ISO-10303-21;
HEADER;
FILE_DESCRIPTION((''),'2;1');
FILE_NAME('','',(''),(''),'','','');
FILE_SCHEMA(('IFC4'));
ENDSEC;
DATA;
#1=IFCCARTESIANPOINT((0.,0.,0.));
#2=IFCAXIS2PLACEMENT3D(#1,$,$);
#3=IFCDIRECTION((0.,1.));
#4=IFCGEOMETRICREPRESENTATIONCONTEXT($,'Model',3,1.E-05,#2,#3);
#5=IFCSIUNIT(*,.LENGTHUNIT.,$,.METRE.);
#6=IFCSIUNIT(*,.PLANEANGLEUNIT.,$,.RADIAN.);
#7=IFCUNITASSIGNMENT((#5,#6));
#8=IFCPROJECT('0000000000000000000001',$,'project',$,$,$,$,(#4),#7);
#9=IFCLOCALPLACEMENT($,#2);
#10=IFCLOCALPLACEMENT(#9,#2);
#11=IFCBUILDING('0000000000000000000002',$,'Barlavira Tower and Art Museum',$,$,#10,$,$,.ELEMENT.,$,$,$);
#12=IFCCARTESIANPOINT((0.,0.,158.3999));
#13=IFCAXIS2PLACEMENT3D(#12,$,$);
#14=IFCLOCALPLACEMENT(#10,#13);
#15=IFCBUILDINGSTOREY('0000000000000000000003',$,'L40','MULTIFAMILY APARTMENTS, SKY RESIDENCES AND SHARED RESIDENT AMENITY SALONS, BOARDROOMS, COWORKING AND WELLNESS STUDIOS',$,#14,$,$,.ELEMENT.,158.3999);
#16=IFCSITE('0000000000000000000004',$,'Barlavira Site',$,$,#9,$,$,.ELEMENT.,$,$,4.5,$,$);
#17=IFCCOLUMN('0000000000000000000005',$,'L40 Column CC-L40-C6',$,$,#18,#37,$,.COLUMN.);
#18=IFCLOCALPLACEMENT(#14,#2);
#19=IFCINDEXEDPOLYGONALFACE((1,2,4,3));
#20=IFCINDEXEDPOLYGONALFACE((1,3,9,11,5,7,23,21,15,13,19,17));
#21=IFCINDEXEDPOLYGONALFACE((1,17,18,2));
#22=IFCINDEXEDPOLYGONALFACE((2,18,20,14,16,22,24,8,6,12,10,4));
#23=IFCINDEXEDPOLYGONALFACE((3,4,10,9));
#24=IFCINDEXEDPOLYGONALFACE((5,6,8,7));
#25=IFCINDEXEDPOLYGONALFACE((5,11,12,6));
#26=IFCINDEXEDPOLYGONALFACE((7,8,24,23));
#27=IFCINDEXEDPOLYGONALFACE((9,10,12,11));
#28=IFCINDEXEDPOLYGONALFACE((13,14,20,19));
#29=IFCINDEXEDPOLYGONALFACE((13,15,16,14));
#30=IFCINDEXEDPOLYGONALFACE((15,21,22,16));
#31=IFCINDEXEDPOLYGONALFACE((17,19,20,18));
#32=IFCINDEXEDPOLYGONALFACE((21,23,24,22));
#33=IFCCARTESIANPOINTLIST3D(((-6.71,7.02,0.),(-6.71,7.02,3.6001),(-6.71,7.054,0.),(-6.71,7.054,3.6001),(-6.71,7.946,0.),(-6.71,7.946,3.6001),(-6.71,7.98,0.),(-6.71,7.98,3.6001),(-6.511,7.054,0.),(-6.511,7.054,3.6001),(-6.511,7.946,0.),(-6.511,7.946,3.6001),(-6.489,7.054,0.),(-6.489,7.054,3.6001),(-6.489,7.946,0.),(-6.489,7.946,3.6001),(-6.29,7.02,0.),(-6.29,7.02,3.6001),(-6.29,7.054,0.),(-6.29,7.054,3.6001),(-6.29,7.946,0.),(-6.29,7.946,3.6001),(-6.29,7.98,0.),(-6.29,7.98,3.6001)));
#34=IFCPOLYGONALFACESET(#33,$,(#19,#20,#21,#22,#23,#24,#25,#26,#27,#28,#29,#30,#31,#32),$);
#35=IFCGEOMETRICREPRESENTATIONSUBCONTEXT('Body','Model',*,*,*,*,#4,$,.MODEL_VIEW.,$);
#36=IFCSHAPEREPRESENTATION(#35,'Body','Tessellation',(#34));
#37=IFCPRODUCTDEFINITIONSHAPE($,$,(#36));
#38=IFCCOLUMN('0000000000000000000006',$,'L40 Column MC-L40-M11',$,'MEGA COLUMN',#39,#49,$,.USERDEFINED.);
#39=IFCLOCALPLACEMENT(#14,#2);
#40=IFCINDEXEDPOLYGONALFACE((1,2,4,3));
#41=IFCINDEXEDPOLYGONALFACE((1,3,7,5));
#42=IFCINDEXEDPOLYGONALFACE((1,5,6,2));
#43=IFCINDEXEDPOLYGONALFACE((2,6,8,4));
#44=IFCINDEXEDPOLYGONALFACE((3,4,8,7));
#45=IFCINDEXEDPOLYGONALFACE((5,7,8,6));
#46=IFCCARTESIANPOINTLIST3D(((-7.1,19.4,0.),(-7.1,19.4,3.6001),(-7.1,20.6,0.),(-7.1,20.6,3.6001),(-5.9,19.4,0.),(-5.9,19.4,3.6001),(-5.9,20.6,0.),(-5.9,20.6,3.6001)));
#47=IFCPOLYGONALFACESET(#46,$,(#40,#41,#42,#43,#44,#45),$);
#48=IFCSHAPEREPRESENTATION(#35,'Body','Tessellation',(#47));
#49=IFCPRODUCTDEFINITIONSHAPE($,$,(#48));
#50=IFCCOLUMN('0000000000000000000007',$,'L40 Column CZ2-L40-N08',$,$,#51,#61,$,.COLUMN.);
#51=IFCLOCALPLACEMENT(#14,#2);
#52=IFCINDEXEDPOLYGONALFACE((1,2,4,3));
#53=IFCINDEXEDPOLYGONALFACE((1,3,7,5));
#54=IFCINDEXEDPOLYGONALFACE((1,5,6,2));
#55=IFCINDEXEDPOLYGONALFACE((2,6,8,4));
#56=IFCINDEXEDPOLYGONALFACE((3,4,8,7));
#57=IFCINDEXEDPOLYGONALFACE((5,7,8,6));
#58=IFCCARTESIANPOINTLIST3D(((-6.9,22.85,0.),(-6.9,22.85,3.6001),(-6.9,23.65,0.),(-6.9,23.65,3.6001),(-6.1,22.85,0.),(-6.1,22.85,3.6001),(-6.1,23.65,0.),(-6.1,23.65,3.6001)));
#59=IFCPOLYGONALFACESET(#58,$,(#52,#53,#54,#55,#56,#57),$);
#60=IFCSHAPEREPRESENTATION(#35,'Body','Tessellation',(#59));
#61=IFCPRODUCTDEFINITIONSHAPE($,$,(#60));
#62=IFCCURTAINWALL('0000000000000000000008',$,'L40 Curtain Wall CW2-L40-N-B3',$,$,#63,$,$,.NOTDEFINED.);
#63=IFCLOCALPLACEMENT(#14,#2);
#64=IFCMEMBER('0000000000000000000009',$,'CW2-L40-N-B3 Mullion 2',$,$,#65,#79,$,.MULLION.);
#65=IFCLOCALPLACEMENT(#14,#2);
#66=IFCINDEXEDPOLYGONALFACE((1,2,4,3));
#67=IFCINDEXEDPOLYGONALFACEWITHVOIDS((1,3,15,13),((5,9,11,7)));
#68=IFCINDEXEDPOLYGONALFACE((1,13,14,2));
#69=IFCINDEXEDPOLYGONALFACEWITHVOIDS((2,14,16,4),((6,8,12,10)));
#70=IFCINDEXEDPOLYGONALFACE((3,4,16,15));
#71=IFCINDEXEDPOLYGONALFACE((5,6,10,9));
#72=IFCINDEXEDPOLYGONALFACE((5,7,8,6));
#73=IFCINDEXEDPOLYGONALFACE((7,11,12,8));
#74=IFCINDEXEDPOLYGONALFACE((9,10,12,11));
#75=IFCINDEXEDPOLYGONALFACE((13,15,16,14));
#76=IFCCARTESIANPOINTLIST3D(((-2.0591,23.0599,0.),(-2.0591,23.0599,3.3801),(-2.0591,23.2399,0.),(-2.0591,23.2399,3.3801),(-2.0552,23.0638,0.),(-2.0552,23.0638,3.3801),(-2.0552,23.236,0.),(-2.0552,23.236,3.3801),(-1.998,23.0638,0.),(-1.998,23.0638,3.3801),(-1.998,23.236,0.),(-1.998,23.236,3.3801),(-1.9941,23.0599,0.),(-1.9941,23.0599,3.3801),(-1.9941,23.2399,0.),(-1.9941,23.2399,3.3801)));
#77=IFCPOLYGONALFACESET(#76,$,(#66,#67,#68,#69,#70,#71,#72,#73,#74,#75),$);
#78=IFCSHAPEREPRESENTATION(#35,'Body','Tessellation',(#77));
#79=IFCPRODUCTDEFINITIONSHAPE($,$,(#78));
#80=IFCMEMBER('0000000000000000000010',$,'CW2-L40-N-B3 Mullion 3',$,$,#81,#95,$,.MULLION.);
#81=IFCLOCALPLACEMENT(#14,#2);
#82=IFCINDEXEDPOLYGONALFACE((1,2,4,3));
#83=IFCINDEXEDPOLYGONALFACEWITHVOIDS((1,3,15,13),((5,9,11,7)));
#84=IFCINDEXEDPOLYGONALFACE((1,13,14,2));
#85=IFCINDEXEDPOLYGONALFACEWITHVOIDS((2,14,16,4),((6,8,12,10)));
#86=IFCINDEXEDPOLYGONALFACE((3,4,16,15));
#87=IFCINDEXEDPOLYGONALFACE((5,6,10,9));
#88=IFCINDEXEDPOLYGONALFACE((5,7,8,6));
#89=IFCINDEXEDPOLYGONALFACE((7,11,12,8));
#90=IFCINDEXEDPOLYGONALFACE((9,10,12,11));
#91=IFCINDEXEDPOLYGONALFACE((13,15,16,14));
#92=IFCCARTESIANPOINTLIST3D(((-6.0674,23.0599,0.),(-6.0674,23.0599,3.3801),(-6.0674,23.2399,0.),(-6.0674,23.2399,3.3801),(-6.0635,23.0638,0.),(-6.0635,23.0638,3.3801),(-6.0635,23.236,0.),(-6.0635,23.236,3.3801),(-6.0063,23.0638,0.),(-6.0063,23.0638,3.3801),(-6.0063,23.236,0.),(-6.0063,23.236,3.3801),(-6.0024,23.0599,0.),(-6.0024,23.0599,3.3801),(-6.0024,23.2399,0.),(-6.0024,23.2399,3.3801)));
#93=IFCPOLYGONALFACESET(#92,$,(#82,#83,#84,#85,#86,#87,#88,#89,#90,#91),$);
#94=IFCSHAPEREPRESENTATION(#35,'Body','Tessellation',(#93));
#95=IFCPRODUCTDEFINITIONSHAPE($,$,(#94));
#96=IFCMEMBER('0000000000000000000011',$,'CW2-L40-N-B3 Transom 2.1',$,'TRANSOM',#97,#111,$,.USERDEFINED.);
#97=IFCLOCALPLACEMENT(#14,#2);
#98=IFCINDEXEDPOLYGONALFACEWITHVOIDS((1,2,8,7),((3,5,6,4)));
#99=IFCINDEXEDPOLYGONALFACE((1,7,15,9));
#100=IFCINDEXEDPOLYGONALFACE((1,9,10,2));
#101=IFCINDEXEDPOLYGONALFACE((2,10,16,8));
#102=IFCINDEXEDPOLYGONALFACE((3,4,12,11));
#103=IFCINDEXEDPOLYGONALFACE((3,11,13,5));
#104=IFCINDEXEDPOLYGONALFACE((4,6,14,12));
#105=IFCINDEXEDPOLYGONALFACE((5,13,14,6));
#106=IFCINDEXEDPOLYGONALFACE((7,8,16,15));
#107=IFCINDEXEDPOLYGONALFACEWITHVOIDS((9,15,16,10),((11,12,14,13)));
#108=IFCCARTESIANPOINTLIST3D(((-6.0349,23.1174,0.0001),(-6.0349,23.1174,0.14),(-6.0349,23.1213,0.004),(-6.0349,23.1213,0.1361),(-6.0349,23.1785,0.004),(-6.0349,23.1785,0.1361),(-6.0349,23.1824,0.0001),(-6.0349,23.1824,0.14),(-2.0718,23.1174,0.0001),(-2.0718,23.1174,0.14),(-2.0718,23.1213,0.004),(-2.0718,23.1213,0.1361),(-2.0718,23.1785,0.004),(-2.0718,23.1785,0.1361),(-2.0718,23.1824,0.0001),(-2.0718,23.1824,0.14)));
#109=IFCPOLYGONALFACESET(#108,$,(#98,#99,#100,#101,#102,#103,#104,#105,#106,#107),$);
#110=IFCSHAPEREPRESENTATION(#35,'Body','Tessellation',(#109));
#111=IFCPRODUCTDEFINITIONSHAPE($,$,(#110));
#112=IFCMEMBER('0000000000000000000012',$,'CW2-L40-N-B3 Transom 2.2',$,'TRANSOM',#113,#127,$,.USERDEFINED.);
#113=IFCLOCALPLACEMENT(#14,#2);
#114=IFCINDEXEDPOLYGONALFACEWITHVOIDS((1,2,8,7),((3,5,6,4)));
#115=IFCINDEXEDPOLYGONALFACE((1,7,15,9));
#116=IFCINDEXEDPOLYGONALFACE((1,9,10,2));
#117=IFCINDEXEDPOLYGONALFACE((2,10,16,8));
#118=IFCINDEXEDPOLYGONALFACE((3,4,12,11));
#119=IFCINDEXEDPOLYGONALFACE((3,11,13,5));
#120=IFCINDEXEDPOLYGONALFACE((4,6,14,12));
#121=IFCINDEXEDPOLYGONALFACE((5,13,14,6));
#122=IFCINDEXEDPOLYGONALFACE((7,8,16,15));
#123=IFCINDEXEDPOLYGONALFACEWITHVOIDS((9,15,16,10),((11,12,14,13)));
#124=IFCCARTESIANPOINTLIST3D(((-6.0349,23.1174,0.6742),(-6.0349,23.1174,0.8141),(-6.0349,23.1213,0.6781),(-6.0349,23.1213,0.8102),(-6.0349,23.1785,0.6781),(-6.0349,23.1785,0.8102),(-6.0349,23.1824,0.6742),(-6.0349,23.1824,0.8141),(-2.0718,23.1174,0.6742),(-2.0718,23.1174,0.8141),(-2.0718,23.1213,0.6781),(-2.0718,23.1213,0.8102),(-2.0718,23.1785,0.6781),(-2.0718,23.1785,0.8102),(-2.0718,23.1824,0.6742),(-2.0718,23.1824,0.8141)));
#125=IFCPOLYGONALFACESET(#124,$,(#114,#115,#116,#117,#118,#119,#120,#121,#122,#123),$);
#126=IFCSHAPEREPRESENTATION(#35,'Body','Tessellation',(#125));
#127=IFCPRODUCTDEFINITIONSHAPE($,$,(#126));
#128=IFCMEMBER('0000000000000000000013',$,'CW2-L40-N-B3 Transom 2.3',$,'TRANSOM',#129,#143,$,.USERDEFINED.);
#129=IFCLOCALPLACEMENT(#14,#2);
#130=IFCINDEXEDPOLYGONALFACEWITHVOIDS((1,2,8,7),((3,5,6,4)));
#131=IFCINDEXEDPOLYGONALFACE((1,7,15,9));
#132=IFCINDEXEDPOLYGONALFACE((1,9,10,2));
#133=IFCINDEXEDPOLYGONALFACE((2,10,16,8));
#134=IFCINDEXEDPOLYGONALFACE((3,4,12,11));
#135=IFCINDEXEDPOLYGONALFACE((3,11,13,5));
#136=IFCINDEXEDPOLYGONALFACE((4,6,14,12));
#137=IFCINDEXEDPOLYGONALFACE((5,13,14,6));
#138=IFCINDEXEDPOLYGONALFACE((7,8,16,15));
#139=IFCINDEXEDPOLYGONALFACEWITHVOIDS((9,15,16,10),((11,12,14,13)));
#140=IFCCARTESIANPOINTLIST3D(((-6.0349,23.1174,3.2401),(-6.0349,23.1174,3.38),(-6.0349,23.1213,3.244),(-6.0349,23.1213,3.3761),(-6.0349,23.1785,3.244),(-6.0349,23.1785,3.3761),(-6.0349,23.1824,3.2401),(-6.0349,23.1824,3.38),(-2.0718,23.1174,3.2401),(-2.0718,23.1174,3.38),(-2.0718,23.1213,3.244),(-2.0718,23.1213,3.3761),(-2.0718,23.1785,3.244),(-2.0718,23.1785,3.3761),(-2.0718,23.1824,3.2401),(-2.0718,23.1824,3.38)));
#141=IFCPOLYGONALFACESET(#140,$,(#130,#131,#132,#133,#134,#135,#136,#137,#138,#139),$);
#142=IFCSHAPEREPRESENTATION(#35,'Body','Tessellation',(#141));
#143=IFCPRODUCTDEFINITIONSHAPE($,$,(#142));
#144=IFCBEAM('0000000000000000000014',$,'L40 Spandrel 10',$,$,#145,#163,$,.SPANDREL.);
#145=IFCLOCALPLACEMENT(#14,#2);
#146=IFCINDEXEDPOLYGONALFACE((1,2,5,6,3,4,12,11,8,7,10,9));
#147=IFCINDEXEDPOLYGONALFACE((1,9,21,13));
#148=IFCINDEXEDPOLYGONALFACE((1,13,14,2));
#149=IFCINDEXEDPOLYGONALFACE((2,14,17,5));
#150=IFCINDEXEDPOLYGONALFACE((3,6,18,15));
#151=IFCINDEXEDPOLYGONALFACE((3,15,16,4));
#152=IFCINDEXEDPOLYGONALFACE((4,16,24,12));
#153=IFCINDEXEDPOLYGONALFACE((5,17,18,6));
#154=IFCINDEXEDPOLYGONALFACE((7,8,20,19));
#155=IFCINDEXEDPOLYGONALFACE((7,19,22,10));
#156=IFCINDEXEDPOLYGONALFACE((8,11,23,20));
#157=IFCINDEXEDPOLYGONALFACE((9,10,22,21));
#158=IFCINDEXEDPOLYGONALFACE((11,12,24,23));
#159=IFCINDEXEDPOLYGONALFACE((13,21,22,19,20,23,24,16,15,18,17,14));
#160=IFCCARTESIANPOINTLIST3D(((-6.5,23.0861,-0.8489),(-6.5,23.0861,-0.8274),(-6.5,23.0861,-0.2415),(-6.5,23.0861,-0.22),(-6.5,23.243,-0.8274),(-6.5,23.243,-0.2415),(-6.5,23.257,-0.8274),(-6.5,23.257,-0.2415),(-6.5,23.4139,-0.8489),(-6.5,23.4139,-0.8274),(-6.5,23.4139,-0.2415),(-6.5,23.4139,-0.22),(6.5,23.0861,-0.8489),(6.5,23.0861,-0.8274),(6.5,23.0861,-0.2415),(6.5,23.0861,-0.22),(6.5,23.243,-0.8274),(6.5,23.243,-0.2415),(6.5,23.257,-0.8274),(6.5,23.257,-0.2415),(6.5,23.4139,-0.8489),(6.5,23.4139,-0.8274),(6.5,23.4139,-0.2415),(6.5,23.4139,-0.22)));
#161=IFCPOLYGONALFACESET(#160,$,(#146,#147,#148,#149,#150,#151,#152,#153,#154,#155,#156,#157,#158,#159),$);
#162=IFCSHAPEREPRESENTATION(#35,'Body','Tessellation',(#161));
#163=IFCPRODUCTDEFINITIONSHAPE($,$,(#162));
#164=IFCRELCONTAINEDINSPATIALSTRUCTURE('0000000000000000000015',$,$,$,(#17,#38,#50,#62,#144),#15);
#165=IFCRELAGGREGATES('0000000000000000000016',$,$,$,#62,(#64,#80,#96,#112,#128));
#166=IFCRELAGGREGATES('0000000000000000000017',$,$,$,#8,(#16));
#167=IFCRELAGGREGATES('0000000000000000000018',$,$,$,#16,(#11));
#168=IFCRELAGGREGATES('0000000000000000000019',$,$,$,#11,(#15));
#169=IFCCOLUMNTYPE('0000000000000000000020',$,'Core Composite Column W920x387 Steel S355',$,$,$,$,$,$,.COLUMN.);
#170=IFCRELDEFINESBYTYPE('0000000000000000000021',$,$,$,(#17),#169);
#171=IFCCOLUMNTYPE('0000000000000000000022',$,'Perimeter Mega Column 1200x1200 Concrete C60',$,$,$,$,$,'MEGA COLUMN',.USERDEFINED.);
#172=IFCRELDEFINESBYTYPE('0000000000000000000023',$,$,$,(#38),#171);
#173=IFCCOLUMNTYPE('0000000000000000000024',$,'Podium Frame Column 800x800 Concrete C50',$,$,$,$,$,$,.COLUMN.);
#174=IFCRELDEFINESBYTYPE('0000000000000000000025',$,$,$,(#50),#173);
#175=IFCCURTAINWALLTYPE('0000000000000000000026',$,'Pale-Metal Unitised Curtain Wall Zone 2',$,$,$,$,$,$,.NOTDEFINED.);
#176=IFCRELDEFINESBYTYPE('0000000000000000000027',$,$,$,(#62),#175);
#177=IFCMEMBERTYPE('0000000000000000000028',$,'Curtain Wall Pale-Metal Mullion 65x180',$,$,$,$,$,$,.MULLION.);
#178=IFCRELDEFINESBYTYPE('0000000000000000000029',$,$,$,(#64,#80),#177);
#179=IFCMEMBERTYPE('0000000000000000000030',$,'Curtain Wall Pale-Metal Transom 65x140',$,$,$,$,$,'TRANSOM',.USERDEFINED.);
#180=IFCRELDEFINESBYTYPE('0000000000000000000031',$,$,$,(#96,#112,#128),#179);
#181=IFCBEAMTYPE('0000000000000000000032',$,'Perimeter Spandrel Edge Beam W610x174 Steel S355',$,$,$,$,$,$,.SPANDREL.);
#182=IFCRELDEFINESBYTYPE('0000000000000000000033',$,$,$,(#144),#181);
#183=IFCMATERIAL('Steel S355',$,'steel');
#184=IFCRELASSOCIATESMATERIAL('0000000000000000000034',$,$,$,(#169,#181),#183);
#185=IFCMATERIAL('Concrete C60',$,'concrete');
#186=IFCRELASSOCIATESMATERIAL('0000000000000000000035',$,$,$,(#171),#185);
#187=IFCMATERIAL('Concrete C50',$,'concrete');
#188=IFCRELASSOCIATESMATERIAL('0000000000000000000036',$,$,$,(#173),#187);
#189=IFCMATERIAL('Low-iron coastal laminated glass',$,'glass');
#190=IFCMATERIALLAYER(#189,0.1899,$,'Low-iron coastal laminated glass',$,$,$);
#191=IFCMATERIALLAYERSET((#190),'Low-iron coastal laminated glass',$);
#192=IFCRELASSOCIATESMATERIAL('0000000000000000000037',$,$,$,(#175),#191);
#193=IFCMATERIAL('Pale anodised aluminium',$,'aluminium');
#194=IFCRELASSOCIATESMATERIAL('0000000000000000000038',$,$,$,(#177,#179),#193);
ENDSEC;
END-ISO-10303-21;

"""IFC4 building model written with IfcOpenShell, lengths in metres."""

from ifc_helpers import new_model, si_unit, direction, frame, origin, origin_2d, place, context, subcontext, project, spatial, rectangle, hollow_rectangle, i_section, extrude, material, layer, layer_set, material_profile, profile_set, type_object, element, aggregate, save


model = new_model("IFC4")

# Units and contexts
model_context = context("Model", 3, precision=1e-05, world=origin(), true_north=direction((0.0, 1.0)))
body_context = subcontext(model_context, "Body", "Model", "MODEL_VIEW")
ifc_project = project(units=[si_unit("LENGTHUNIT", "METRE"), si_unit("PLANEANGLEUNIT", "RADIAN")], contexts=[model_context])

# Site, building, storey
site_placement = place(None, origin())
site = spatial("IfcSite", under=ifc_project, at=site_placement, Name="Barlavira Site", CompositionType="ELEMENT", RefElevation=4.5)
building_placement = place(site_placement, origin())
building = spatial("IfcBuilding", under=site, at=building_placement, Name="Barlavira Tower and Art Museum", CompositionType="ELEMENT")
storey_placement = place(building_placement, frame((0.0, 0.0, 158.3999)))
storey = spatial("IfcBuildingStorey", under=building, at=storey_placement, Name="L40", Description="MULTIFAMILY APARTMENTS, SKY RESIDENCES AND SHARED RESIDENT AMENITY SALONS, BOARDROOMS, COWORKING AND WELLNESS STUDIOS", CompositionType="ELEMENT", Elevation=158.3999)

# Columns
ifc_material_1 = material(Name="Steel S355", Category="steel")
ifc_material_profile_1 = material_profile(ifc_material_1, i_section(OverallWidth=0.4199, OverallDepth=0.96, WebThickness=0.022, FlangeThickness=0.0339, at=origin_2d()), Name="W920x387.0")
ifc_profile_set_1 = profile_set([ifc_material_profile_1], Name="Steel S355")
column_type_1 = type_object("IfcColumnType", Name="Core Composite Column W920x387 Steel S355", PredefinedType="COLUMN", material=ifc_profile_set_1)
column_1_placement = place(storey_placement, frame((-6.5, 7.5, 0.0), z_axis=(0.0, 0.0, 1.0), x_axis=(1.0, 0.0, 0.0)))
element("IfcColumn", 1, at=column_1_placement, inside=storey, type_object=column_type_1, Name="L40 Column CC-L40-C6", PredefinedType="COLUMN", context=body_context, shape_type="SweptSolid", body=[
    extrude(i_section(OverallWidth=0.4199, OverallDepth=0.96, WebThickness=0.022, FlangeThickness=0.0339, at=origin_2d()), origin(), (0.0, 0.0, 1.0), 3.6001),
])
ifc_material_2 = material(Name="Concrete C60", Category="concrete")
ifc_material_profile_2 = material_profile(ifc_material_2, rectangle(XDim=1.2, YDim=1.2, at=origin_2d()), Name="RC-COL 1200x1200")
ifc_profile_set_2 = profile_set([ifc_material_profile_2], Name="Concrete C60")
column_type_2 = type_object("IfcColumnType", Name="Perimeter Mega Column 1200x1200 Concrete C60", ElementType="MEGA COLUMN", PredefinedType="USERDEFINED", material=ifc_profile_set_2)
column_2_placement = place(storey_placement, frame((-6.5, 20.0, 0.0), z_axis=(0.0, 0.0, 1.0), x_axis=(1.0, 0.0, 0.0)))
element("IfcColumn", 2, at=column_2_placement, inside=storey, type_object=column_type_2, Name="L40 Column MC-L40-M11", ObjectType="MEGA COLUMN", PredefinedType="USERDEFINED", context=body_context, shape_type="SweptSolid", body=[
    extrude(rectangle(XDim=1.2, YDim=1.2, at=origin_2d()), origin(), (0.0, 0.0, 1.0), 3.6001),
])
ifc_material_3 = material(Name="Concrete C50", Category="concrete")
ifc_material_profile_3 = material_profile(ifc_material_3, rectangle(XDim=0.8, YDim=0.8, at=origin_2d()), Name="RC-COL 800x800")
ifc_profile_set_3 = profile_set([ifc_material_profile_3], Name="Concrete C50")
column_type_3 = type_object("IfcColumnType", Name="Podium Frame Column 800x800 Concrete C50", PredefinedType="COLUMN", material=ifc_profile_set_3)
column_3_placement = place(storey_placement, frame((-6.5, 23.25, 0.0), z_axis=(0.0, 0.0, 1.0), x_axis=(1.0, 0.0, 0.0)))
element("IfcColumn", 3, at=column_3_placement, inside=storey, type_object=column_type_3, Name="L40 Column CZ2-L40-N08", PredefinedType="COLUMN", context=body_context, shape_type="SweptSolid", body=[
    extrude(rectangle(XDim=0.8, YDim=0.8, at=origin_2d()), origin(), (0.0, 0.0, 1.0), 3.6001),
])

# Curtain wall, members
ifc_material_4 = material(Name="Low-iron coastal laminated glass", Category="glass")
ifc_layer_1 = layer(ifc_material_4, 0.1899, Name="Low-iron coastal laminated glass")
ifc_layer_set_1 = layer_set([ifc_layer_1], Name="Low-iron coastal laminated glass")
curtain_wall_type = type_object("IfcCurtainWallType", Name="Pale-Metal Unitised Curtain Wall Zone 2", PredefinedType="NOTDEFINED", material=ifc_layer_set_1)
curtain_wall_placement = place(storey_placement, origin())
curtain_wall = element("IfcCurtainWall", 4, at=curtain_wall_placement, inside=storey, type_object=curtain_wall_type, Name="L40 Curtain Wall CW2-L40-N-B3", PredefinedType="NOTDEFINED")
ifc_material_5 = material(Name="Pale anodised aluminium", Category="aluminium")
ifc_material_profile_4 = material_profile(ifc_material_5, hollow_rectangle(XDim=0.0649, YDim=0.1799, WallThickness=0.0039, at=origin_2d()), Name="ALU-MULL 65x180x4")
ifc_profile_set_4 = profile_set([ifc_material_profile_4], Name="Pale anodised aluminium")
member_type_1 = type_object("IfcMemberType", Name="Curtain Wall Pale-Metal Mullion 65x180", PredefinedType="MULLION", material=ifc_profile_set_4)
member_1_placement = place(storey_placement, frame((-2.0266, 23.1499, 0.0), z_axis=(0.0, 0.0, 1.0), x_axis=(-1.0, 0.0, 0.0)))
member_1 = element("IfcMember", 5, at=member_1_placement, type_object=member_type_1, Name="CW2-L40-N-B3 Mullion 2", PredefinedType="MULLION", context=body_context, shape_type="SweptSolid", body=[
    extrude(hollow_rectangle(XDim=0.0649, YDim=0.1799, WallThickness=0.0039, at=origin_2d()), origin(), (0.0, 0.0, 1.0), 3.3801),
])
member_2_placement = place(storey_placement, frame((-6.0349, 23.1499, 0.0), z_axis=(0.0, 0.0, 1.0), x_axis=(-1.0, 0.0, 0.0)))
member_2 = element("IfcMember", 6, at=member_2_placement, type_object=member_type_1, Name="CW2-L40-N-B3 Mullion 3", PredefinedType="MULLION", context=body_context, shape_type="SweptSolid", body=[
    extrude(hollow_rectangle(XDim=0.0649, YDim=0.1799, WallThickness=0.0039, at=origin_2d()), origin(), (0.0, 0.0, 1.0), 3.3801),
])
ifc_material_profile_5 = material_profile(ifc_material_5, hollow_rectangle(XDim=0.0649, YDim=0.1399, WallThickness=0.0039, at=origin_2d()), Name="ALU-TRAN 65x140x4")
ifc_profile_set_5 = profile_set([ifc_material_profile_5], Name="Pale anodised aluminium")
member_type_2 = type_object("IfcMemberType", Name="Curtain Wall Pale-Metal Transom 65x140", ElementType="TRANSOM", PredefinedType="USERDEFINED", material=ifc_profile_set_5)
member_3_placement = place(storey_placement, frame((-2.0718, 23.1499, 0.0701), z_axis=(-1.0, 0.0, 0.0), x_axis=(0.0, -1.0, 0.0)))
member_3 = element("IfcMember", 7, at=member_3_placement, type_object=member_type_2, Name="CW2-L40-N-B3 Transom 2.1", ObjectType="TRANSOM", PredefinedType="USERDEFINED", context=body_context, shape_type="SweptSolid", body=[
    extrude(hollow_rectangle(XDim=0.0649, YDim=0.1399, WallThickness=0.0039, at=origin_2d()), origin(), (0.0, 0.0, 1.0), 3.9631),
])
member_4_placement = place(storey_placement, frame((-2.0718, 23.1499, 0.7441), z_axis=(-1.0, 0.0, 0.0), x_axis=(0.0, -1.0, 0.0)))
member_4 = element("IfcMember", 8, at=member_4_placement, type_object=member_type_2, Name="CW2-L40-N-B3 Transom 2.2", ObjectType="TRANSOM", PredefinedType="USERDEFINED", context=body_context, shape_type="SweptSolid", body=[
    extrude(hollow_rectangle(XDim=0.0649, YDim=0.1399, WallThickness=0.0039, at=origin_2d()), origin(), (0.0, 0.0, 1.0), 3.9631),
])
member_5_placement = place(storey_placement, frame((-2.0718, 23.1499, 3.3101), z_axis=(-1.0, 0.0, 0.0), x_axis=(0.0, -1.0, 0.0)))
member_5 = element("IfcMember", 9, at=member_5_placement, type_object=member_type_2, Name="CW2-L40-N-B3 Transom 2.3", ObjectType="TRANSOM", PredefinedType="USERDEFINED", context=body_context, shape_type="SweptSolid", body=[
    extrude(hollow_rectangle(XDim=0.0649, YDim=0.1399, WallThickness=0.0039, at=origin_2d()), origin(), (0.0, 0.0, 1.0), 3.9631),
])

# Beam
ifc_material_profile_6 = material_profile(ifc_material_1, i_section(OverallWidth=0.3279, OverallDepth=0.6289, WebThickness=0.0139, FlangeThickness=0.0215, at=origin_2d()), Name="W610x174.0")
ifc_profile_set_6 = profile_set([ifc_material_profile_6], Name="Steel S355")
beam_type_1 = type_object("IfcBeamType", Name="Perimeter Spandrel Edge Beam W610x174 Steel S355", PredefinedType="SPANDREL", material=ifc_profile_set_6)
beam_1_placement = place(storey_placement, frame((-6.5, 23.25, -0.5344), z_axis=(1.0, 0.0, 0.0), x_axis=(0.0, 1.0, 0.0)))
element("IfcBeam", 10, at=beam_1_placement, inside=storey, type_object=beam_type_1, Name="L40 Spandrel 10", PredefinedType="SPANDREL", context=body_context, shape_type="SweptSolid", body=[
    extrude(i_section(OverallWidth=0.3279, OverallDepth=0.6289, WebThickness=0.0139, FlangeThickness=0.0215, at=origin_2d()), origin(), (0.0, 0.0, 1.0), 13.0),
])

aggregate(curtain_wall, [member_1, member_2, member_3, member_4, member_5])

save(model, "model.ifc")
